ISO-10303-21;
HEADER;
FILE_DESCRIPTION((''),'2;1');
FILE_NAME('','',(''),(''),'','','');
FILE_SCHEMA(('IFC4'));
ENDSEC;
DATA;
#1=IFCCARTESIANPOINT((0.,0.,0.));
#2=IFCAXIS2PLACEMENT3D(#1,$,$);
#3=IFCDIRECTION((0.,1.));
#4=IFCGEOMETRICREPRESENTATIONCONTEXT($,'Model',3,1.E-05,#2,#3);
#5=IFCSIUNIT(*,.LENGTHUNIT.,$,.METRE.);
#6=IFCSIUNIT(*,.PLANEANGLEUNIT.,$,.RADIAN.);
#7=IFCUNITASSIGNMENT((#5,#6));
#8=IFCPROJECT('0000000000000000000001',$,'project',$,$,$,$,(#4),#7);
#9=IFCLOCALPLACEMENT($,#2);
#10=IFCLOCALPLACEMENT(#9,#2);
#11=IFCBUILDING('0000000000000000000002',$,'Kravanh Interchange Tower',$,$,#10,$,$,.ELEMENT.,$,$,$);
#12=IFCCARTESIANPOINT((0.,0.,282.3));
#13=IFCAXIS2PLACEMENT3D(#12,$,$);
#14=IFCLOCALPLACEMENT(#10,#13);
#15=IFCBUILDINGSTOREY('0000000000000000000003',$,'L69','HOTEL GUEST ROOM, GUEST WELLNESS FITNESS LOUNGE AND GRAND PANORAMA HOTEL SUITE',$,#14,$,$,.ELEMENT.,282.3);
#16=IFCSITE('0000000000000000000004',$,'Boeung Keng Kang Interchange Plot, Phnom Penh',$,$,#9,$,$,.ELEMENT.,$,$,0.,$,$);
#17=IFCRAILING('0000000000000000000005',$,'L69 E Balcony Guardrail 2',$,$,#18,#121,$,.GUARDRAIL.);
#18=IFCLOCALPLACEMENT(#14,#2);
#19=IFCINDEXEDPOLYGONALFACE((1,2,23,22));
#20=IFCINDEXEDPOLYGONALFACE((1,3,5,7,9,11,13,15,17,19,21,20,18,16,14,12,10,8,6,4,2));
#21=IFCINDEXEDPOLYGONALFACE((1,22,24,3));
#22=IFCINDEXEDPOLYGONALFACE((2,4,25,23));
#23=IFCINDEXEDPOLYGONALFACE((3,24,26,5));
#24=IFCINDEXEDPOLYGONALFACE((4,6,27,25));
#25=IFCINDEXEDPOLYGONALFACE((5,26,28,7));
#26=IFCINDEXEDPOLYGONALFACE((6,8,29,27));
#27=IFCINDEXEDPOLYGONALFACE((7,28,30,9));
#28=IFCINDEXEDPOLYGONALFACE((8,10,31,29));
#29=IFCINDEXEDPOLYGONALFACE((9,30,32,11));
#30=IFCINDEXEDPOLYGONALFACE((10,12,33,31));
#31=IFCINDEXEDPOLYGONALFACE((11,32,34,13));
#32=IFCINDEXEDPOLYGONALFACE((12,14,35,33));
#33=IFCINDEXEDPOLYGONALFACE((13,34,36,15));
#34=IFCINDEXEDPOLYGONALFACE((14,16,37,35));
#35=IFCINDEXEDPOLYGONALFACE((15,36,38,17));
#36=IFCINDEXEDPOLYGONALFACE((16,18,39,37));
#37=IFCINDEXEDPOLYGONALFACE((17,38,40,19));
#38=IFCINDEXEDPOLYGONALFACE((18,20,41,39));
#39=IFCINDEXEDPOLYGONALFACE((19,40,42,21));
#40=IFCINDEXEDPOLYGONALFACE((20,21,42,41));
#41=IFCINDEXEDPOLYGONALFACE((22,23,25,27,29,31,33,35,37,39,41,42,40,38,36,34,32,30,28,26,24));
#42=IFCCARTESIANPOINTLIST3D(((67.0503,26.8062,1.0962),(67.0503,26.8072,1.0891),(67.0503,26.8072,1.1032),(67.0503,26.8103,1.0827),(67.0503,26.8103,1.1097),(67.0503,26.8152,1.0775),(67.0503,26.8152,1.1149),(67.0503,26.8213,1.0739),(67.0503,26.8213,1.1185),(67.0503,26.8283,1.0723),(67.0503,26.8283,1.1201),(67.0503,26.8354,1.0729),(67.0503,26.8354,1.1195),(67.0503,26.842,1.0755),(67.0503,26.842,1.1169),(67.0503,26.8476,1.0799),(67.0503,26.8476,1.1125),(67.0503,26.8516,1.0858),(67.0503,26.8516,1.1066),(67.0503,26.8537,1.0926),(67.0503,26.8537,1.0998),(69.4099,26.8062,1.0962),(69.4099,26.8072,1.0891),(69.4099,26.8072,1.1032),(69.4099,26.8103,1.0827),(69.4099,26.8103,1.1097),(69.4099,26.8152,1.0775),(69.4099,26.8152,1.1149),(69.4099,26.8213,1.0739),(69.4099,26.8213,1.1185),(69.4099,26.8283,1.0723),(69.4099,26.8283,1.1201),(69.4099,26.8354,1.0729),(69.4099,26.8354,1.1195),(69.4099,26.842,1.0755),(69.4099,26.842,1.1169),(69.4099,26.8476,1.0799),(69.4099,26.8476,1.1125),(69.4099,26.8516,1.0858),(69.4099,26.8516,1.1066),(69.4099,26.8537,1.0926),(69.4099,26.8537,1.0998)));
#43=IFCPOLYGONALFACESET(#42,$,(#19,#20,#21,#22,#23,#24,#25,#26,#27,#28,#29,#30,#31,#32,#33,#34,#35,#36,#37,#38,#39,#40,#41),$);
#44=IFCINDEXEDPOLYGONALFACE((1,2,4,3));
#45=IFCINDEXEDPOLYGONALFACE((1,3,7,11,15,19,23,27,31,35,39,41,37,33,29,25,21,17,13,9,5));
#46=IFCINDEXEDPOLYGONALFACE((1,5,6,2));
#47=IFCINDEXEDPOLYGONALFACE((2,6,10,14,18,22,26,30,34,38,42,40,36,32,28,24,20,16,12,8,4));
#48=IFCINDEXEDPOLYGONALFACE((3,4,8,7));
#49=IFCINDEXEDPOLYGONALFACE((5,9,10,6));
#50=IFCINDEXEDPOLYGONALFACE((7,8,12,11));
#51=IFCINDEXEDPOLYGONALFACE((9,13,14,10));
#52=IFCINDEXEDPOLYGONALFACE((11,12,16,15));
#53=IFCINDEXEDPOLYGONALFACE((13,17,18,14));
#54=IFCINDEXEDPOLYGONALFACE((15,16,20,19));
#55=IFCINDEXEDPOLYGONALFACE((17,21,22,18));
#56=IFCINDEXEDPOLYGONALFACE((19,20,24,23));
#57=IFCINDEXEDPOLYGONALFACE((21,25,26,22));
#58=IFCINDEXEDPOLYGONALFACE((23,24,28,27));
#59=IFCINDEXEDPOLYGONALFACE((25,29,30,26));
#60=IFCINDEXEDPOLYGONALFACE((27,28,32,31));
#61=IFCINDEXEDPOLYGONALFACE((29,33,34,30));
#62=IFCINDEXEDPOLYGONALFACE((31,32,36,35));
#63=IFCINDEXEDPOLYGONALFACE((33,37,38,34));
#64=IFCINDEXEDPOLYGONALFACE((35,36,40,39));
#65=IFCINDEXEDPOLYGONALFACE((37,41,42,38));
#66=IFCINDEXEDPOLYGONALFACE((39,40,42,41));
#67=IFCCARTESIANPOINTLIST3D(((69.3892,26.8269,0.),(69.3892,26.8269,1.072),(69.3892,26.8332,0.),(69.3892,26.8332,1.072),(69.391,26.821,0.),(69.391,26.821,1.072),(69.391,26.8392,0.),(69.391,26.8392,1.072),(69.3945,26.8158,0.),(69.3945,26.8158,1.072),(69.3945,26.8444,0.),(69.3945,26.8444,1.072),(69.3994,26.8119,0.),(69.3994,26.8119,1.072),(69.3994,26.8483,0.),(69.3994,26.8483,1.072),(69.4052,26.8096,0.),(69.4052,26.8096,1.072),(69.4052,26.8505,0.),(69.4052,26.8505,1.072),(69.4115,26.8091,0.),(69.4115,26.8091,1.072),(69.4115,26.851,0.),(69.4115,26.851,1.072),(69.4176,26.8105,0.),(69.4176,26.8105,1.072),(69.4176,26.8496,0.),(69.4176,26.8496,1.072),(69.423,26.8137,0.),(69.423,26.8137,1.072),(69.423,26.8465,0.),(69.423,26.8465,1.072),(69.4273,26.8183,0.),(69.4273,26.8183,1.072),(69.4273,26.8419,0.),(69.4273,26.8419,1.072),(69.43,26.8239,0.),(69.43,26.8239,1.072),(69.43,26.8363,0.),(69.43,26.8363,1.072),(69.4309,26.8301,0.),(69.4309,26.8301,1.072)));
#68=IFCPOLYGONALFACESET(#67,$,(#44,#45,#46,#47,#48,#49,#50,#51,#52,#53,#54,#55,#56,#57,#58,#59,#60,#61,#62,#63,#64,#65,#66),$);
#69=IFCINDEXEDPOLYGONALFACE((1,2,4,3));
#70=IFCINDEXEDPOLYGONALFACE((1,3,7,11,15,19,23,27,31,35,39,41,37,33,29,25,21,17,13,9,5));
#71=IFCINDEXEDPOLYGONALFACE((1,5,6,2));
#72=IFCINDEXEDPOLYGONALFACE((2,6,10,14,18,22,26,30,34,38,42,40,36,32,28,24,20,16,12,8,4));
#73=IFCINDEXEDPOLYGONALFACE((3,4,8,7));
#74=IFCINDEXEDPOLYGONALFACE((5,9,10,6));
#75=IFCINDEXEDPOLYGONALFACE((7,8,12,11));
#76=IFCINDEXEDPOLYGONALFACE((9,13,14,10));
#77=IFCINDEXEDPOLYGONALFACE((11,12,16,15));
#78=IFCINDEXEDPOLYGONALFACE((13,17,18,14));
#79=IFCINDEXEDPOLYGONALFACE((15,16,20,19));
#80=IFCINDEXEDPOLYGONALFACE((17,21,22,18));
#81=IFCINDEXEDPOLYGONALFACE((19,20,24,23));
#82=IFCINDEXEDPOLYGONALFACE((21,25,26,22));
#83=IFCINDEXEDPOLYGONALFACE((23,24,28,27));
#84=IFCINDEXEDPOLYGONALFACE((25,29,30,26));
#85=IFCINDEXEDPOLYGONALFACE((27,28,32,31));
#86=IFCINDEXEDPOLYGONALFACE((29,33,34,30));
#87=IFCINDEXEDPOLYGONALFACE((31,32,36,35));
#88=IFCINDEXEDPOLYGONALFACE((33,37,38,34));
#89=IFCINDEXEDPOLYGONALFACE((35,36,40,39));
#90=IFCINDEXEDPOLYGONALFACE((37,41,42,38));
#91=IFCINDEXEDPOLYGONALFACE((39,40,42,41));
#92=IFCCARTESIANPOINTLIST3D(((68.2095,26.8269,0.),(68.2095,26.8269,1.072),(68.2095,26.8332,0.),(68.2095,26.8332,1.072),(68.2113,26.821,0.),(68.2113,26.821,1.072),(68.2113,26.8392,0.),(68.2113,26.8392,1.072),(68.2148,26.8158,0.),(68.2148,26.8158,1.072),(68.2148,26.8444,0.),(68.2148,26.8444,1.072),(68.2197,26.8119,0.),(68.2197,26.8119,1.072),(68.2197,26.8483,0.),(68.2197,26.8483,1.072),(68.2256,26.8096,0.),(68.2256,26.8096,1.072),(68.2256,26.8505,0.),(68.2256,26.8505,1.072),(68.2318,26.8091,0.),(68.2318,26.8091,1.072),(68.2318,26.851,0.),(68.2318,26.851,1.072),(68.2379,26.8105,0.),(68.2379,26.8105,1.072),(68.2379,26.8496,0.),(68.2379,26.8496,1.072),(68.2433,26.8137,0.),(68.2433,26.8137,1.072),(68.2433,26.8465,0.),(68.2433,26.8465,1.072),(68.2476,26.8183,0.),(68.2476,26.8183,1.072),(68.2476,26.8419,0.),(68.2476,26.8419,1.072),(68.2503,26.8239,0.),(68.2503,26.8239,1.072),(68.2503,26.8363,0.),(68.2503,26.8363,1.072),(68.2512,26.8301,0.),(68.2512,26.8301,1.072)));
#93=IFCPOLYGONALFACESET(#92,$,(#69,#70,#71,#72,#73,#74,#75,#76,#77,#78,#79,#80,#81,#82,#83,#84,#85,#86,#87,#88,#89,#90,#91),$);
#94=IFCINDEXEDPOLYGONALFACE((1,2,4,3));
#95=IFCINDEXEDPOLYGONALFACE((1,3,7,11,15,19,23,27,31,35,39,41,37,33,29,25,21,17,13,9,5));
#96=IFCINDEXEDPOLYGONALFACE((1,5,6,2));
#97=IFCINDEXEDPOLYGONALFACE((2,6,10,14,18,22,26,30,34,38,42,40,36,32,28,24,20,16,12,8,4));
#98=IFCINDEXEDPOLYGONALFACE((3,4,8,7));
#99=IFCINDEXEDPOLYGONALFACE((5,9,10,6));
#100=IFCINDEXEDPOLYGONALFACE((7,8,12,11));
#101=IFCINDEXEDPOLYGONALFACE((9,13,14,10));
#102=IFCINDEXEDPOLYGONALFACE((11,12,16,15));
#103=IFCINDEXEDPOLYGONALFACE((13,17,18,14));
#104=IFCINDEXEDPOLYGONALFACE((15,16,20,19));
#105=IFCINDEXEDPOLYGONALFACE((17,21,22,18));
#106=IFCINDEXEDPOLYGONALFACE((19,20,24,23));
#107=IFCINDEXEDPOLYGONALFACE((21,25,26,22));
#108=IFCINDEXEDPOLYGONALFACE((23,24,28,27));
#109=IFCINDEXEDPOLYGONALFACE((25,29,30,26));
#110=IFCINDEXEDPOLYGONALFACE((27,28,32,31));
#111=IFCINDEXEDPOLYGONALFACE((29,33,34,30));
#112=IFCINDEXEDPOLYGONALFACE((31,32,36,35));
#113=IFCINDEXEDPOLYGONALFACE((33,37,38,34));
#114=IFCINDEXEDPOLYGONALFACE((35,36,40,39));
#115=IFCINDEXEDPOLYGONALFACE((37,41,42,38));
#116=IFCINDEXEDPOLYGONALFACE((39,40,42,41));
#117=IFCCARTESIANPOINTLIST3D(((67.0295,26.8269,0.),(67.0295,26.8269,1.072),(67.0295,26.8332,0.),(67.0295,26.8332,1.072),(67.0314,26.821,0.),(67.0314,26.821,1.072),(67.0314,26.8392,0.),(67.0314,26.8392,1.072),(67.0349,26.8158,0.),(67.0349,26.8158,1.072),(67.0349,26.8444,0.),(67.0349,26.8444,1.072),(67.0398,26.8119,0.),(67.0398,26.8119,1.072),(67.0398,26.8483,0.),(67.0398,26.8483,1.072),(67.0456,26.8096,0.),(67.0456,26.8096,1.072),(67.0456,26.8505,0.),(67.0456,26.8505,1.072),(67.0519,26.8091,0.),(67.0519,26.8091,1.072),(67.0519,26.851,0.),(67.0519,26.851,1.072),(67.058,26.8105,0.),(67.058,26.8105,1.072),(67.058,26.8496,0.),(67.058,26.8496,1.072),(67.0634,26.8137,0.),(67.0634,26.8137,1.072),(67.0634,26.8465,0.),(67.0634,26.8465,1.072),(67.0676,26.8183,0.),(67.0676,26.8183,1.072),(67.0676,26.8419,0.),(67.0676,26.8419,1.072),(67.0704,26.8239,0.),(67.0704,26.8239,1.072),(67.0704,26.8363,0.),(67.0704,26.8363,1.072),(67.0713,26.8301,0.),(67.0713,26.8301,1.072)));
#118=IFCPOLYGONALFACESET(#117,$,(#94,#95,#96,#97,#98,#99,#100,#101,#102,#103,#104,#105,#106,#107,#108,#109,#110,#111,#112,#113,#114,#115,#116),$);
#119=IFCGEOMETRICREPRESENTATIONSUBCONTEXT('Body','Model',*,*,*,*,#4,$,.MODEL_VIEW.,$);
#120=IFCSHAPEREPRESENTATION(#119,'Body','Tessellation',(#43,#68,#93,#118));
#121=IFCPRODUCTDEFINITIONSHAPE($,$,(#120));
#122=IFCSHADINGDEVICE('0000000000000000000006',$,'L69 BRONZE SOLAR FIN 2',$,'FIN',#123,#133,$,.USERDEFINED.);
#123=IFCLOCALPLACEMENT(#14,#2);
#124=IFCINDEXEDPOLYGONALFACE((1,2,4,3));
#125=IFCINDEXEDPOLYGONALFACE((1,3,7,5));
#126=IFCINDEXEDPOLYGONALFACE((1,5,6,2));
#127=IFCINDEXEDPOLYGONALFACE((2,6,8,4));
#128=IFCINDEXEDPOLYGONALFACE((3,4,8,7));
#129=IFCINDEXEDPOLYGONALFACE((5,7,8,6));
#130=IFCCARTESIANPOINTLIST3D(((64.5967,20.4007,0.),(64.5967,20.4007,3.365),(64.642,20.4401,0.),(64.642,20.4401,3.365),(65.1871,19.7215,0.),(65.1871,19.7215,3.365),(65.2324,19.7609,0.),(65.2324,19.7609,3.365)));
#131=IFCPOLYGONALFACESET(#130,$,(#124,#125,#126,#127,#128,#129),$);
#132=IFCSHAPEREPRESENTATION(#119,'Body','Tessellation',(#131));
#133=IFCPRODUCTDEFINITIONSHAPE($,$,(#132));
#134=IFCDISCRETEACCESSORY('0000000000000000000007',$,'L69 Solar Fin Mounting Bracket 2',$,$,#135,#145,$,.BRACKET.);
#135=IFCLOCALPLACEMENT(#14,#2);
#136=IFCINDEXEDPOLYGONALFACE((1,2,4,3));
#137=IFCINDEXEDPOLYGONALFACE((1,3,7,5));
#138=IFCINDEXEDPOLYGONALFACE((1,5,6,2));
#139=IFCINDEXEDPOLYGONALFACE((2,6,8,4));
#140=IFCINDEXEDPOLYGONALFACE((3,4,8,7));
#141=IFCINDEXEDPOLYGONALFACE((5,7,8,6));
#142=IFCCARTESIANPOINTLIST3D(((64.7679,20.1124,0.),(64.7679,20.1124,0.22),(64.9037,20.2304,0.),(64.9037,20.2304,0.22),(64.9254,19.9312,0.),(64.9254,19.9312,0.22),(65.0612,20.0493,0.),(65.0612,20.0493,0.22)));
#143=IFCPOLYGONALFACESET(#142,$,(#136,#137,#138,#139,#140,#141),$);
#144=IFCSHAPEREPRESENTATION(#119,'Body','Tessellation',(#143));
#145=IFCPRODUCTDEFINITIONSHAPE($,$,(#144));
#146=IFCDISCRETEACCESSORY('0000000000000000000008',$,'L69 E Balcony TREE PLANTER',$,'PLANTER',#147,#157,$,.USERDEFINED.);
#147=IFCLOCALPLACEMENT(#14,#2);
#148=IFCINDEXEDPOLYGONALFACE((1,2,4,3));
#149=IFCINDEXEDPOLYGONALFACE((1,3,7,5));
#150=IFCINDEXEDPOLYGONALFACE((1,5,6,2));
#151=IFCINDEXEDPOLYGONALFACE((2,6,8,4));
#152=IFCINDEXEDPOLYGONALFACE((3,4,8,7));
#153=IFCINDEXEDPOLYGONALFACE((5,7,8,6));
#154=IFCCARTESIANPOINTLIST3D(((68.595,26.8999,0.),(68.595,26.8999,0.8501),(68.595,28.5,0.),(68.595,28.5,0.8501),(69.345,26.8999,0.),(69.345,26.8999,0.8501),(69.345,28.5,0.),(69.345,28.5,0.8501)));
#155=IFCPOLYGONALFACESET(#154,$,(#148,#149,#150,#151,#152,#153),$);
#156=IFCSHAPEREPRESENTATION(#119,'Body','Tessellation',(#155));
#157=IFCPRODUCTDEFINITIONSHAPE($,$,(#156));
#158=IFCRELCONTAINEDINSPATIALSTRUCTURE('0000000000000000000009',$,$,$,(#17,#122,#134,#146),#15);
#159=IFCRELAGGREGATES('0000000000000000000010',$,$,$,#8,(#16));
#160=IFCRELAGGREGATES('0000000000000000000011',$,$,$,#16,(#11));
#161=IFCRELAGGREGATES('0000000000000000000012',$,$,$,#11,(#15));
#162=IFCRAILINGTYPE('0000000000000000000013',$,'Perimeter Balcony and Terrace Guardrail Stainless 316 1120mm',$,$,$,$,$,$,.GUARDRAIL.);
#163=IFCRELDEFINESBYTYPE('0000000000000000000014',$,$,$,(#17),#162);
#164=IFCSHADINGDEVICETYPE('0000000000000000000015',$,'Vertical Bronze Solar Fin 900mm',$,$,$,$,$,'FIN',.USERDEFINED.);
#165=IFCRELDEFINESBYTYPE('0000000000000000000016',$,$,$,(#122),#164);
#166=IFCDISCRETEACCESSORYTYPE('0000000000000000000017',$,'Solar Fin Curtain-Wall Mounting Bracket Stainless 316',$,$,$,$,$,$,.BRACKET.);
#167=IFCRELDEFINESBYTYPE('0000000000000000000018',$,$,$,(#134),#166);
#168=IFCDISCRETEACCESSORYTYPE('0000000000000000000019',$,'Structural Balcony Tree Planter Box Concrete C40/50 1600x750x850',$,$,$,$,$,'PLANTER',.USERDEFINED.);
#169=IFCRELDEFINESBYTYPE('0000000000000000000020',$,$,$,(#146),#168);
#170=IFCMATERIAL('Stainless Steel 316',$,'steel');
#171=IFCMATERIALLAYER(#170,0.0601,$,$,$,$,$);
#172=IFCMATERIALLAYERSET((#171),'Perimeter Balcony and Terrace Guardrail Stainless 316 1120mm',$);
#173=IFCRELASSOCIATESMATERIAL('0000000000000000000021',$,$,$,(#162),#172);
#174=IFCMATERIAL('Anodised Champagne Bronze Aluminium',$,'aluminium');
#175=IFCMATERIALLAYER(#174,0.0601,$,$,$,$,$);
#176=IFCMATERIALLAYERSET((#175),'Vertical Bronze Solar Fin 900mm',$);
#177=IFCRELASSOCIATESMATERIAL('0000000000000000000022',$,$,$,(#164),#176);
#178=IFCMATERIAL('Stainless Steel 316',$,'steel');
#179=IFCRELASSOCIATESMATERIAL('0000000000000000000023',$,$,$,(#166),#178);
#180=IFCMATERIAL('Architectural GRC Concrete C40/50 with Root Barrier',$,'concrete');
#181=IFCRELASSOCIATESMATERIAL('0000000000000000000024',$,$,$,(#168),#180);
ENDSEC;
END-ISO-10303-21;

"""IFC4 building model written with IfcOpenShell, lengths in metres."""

from ifc_helpers import new_model, si_unit, direction, frame, origin, origin_2d, place, context, subcontext, project, spatial, rectangle, circle, extrude, material, layer, layer_set, type_object, element, save


model = new_model("IFC4")

# Units and contexts
model_context = context("Model", 3, precision=1e-05, world=origin(), true_north=direction((0.0, 1.0)))
body_context = subcontext(model_context, "Body", "Model", "MODEL_VIEW")
ifc_project = project(units=[si_unit("LENGTHUNIT", "METRE"), si_unit("PLANEANGLEUNIT", "RADIAN")], contexts=[model_context])

# Site, building, storey
site_placement = place(None, origin())
site = spatial("IfcSite", under=ifc_project, at=site_placement, Name="Boeung Keng Kang Interchange Plot, Phnom Penh", CompositionType="ELEMENT", RefElevation=0.0)
building_placement = place(site_placement, origin())
building = spatial("IfcBuilding", under=site, at=building_placement, Name="Kravanh Interchange Tower", CompositionType="ELEMENT")
storey_placement = place(building_placement, frame((0.0, 0.0, 282.3)))
storey = spatial("IfcBuildingStorey", under=building, at=storey_placement, Name="L69", Description="HOTEL GUEST ROOM, GUEST WELLNESS FITNESS LOUNGE AND GRAND PANORAMA HOTEL SUITE", CompositionType="ELEMENT", Elevation=282.3)

# Railing
ifc_material_1 = material(Name="Stainless Steel 316", Category="steel")
ifc_layer_1 = layer(ifc_material_1, 0.0601)
ifc_layer_set_1 = layer_set([ifc_layer_1], Name="Perimeter Balcony and Terrace Guardrail Stainless 316 1120mm")
railing_type = type_object("IfcRailingType", Name="Perimeter Balcony and Terrace Guardrail Stainless 316 1120mm", PredefinedType="GUARDRAIL", material=ifc_layer_set_1)
railing_placement = place(storey_placement, frame((69.4099, 26.8301, 0.0)))
element("IfcRailing", 1, at=railing_placement, inside=storey, type_object=railing_type, Name="L69 E Balcony Guardrail 2", PredefinedType="GUARDRAIL", context=body_context, shape_type="SweptSolid", body=[
    extrude(circle(Radius=0.0239, at=origin_2d()), frame((0.0, 0.0, 1.0962), z_axis=(-1.0, 0.0, 0.0), x_axis=(0.0, -1.0, 0.0)), (0.0, 0.0, 1.0), 2.3596),
    extrude(circle(Radius=0.021, at=origin_2d()), origin(), (0.0, 0.0, 1.0), 1.072),
    extrude(circle(Radius=0.021, at=origin_2d()), frame((-1.1797, 0.0, 0.0)), (0.0, 0.0, 1.0), 1.072),
    extrude(circle(Radius=0.021, at=origin_2d()), frame((-2.3596, 0.0, 0.0)), (0.0, 0.0, 1.0), 1.072),
])

# Shading device
ifc_material_2 = material(Name="Anodised Champagne Bronze Aluminium", Category="aluminium")
ifc_layer_2 = layer(ifc_material_2, 0.0601)
ifc_layer_set_2 = layer_set([ifc_layer_2], Name="Vertical Bronze Solar Fin 900mm")
shading_device_type_1 = type_object("IfcShadingDeviceType", Name="Vertical Bronze Solar Fin 900mm", ElementType="FIN", PredefinedType="USERDEFINED", material=ifc_layer_set_2)
shading_device_1_placement = place(storey_placement, frame((64.9146, 20.0808, 0.0), z_axis=(0.0, 0.0, 1.0), x_axis=(0.656043, -0.754723, 0.0)))
element("IfcShadingDevice", 2, at=shading_device_1_placement, inside=storey, type_object=shading_device_type_1, Name="L69 BRONZE SOLAR FIN 2", ObjectType="FIN", PredefinedType="USERDEFINED", context=body_context, shape_type="SweptSolid", body=[
    extrude(rectangle(XDim=0.8999, YDim=0.0601, at=origin_2d()), origin(), (0.0, 0.0, 1.0), 3.365),
])

# Discrete accessories
ifc_material_3 = material(Name="Stainless Steel 316", Category="steel")
discrete_accessory_type_1 = type_object("IfcDiscreteAccessoryType", Name="Solar Fin Curtain-Wall Mounting Bracket Stainless 316", PredefinedType="BRACKET", material=ifc_material_3)
discrete_accessory_1_placement = place(storey_placement, frame((64.9146, 20.0808, 0.0), z_axis=(0.0, 0.0, 1.0), x_axis=(0.656043, -0.754723, 0.0)))
element("IfcDiscreteAccessory", 3, at=discrete_accessory_1_placement, inside=storey, type_object=discrete_accessory_type_1, Name="L69 Solar Fin Mounting Bracket 2", PredefinedType="BRACKET", context=body_context, shape_type="SweptSolid", body=[
    extrude(rectangle(XDim=0.24, YDim=0.1799, at=origin_2d()), origin(), (0.0, 0.0, 1.0), 0.22),
])
ifc_material_4 = material(Name="Architectural GRC Concrete C40/50 with Root Barrier", Category="concrete")
discrete_accessory_type_2 = type_object("IfcDiscreteAccessoryType", Name="Structural Balcony Tree Planter Box Concrete C40/50 1600x750x850", ElementType="PLANTER", PredefinedType="USERDEFINED", material=ifc_material_4)
discrete_accessory_2_placement = place(storey_placement, frame((68.97, 27.7, 0.0), z_axis=(0.0, 0.0, 1.0), x_axis=(1.0, 0.0, 0.0)))
element("IfcDiscreteAccessory", 4, at=discrete_accessory_2_placement, inside=storey, type_object=discrete_accessory_type_2, Name="L69 E Balcony TREE PLANTER", ObjectType="PLANTER", PredefinedType="USERDEFINED", context=body_context, shape_type="SweptSolid", body=[
    extrude(rectangle(XDim=0.75, YDim=1.6001, at=origin_2d()), origin(), (0.0, 0.0, 1.0), 0.8501),
])

save(model, "model.ifc")
